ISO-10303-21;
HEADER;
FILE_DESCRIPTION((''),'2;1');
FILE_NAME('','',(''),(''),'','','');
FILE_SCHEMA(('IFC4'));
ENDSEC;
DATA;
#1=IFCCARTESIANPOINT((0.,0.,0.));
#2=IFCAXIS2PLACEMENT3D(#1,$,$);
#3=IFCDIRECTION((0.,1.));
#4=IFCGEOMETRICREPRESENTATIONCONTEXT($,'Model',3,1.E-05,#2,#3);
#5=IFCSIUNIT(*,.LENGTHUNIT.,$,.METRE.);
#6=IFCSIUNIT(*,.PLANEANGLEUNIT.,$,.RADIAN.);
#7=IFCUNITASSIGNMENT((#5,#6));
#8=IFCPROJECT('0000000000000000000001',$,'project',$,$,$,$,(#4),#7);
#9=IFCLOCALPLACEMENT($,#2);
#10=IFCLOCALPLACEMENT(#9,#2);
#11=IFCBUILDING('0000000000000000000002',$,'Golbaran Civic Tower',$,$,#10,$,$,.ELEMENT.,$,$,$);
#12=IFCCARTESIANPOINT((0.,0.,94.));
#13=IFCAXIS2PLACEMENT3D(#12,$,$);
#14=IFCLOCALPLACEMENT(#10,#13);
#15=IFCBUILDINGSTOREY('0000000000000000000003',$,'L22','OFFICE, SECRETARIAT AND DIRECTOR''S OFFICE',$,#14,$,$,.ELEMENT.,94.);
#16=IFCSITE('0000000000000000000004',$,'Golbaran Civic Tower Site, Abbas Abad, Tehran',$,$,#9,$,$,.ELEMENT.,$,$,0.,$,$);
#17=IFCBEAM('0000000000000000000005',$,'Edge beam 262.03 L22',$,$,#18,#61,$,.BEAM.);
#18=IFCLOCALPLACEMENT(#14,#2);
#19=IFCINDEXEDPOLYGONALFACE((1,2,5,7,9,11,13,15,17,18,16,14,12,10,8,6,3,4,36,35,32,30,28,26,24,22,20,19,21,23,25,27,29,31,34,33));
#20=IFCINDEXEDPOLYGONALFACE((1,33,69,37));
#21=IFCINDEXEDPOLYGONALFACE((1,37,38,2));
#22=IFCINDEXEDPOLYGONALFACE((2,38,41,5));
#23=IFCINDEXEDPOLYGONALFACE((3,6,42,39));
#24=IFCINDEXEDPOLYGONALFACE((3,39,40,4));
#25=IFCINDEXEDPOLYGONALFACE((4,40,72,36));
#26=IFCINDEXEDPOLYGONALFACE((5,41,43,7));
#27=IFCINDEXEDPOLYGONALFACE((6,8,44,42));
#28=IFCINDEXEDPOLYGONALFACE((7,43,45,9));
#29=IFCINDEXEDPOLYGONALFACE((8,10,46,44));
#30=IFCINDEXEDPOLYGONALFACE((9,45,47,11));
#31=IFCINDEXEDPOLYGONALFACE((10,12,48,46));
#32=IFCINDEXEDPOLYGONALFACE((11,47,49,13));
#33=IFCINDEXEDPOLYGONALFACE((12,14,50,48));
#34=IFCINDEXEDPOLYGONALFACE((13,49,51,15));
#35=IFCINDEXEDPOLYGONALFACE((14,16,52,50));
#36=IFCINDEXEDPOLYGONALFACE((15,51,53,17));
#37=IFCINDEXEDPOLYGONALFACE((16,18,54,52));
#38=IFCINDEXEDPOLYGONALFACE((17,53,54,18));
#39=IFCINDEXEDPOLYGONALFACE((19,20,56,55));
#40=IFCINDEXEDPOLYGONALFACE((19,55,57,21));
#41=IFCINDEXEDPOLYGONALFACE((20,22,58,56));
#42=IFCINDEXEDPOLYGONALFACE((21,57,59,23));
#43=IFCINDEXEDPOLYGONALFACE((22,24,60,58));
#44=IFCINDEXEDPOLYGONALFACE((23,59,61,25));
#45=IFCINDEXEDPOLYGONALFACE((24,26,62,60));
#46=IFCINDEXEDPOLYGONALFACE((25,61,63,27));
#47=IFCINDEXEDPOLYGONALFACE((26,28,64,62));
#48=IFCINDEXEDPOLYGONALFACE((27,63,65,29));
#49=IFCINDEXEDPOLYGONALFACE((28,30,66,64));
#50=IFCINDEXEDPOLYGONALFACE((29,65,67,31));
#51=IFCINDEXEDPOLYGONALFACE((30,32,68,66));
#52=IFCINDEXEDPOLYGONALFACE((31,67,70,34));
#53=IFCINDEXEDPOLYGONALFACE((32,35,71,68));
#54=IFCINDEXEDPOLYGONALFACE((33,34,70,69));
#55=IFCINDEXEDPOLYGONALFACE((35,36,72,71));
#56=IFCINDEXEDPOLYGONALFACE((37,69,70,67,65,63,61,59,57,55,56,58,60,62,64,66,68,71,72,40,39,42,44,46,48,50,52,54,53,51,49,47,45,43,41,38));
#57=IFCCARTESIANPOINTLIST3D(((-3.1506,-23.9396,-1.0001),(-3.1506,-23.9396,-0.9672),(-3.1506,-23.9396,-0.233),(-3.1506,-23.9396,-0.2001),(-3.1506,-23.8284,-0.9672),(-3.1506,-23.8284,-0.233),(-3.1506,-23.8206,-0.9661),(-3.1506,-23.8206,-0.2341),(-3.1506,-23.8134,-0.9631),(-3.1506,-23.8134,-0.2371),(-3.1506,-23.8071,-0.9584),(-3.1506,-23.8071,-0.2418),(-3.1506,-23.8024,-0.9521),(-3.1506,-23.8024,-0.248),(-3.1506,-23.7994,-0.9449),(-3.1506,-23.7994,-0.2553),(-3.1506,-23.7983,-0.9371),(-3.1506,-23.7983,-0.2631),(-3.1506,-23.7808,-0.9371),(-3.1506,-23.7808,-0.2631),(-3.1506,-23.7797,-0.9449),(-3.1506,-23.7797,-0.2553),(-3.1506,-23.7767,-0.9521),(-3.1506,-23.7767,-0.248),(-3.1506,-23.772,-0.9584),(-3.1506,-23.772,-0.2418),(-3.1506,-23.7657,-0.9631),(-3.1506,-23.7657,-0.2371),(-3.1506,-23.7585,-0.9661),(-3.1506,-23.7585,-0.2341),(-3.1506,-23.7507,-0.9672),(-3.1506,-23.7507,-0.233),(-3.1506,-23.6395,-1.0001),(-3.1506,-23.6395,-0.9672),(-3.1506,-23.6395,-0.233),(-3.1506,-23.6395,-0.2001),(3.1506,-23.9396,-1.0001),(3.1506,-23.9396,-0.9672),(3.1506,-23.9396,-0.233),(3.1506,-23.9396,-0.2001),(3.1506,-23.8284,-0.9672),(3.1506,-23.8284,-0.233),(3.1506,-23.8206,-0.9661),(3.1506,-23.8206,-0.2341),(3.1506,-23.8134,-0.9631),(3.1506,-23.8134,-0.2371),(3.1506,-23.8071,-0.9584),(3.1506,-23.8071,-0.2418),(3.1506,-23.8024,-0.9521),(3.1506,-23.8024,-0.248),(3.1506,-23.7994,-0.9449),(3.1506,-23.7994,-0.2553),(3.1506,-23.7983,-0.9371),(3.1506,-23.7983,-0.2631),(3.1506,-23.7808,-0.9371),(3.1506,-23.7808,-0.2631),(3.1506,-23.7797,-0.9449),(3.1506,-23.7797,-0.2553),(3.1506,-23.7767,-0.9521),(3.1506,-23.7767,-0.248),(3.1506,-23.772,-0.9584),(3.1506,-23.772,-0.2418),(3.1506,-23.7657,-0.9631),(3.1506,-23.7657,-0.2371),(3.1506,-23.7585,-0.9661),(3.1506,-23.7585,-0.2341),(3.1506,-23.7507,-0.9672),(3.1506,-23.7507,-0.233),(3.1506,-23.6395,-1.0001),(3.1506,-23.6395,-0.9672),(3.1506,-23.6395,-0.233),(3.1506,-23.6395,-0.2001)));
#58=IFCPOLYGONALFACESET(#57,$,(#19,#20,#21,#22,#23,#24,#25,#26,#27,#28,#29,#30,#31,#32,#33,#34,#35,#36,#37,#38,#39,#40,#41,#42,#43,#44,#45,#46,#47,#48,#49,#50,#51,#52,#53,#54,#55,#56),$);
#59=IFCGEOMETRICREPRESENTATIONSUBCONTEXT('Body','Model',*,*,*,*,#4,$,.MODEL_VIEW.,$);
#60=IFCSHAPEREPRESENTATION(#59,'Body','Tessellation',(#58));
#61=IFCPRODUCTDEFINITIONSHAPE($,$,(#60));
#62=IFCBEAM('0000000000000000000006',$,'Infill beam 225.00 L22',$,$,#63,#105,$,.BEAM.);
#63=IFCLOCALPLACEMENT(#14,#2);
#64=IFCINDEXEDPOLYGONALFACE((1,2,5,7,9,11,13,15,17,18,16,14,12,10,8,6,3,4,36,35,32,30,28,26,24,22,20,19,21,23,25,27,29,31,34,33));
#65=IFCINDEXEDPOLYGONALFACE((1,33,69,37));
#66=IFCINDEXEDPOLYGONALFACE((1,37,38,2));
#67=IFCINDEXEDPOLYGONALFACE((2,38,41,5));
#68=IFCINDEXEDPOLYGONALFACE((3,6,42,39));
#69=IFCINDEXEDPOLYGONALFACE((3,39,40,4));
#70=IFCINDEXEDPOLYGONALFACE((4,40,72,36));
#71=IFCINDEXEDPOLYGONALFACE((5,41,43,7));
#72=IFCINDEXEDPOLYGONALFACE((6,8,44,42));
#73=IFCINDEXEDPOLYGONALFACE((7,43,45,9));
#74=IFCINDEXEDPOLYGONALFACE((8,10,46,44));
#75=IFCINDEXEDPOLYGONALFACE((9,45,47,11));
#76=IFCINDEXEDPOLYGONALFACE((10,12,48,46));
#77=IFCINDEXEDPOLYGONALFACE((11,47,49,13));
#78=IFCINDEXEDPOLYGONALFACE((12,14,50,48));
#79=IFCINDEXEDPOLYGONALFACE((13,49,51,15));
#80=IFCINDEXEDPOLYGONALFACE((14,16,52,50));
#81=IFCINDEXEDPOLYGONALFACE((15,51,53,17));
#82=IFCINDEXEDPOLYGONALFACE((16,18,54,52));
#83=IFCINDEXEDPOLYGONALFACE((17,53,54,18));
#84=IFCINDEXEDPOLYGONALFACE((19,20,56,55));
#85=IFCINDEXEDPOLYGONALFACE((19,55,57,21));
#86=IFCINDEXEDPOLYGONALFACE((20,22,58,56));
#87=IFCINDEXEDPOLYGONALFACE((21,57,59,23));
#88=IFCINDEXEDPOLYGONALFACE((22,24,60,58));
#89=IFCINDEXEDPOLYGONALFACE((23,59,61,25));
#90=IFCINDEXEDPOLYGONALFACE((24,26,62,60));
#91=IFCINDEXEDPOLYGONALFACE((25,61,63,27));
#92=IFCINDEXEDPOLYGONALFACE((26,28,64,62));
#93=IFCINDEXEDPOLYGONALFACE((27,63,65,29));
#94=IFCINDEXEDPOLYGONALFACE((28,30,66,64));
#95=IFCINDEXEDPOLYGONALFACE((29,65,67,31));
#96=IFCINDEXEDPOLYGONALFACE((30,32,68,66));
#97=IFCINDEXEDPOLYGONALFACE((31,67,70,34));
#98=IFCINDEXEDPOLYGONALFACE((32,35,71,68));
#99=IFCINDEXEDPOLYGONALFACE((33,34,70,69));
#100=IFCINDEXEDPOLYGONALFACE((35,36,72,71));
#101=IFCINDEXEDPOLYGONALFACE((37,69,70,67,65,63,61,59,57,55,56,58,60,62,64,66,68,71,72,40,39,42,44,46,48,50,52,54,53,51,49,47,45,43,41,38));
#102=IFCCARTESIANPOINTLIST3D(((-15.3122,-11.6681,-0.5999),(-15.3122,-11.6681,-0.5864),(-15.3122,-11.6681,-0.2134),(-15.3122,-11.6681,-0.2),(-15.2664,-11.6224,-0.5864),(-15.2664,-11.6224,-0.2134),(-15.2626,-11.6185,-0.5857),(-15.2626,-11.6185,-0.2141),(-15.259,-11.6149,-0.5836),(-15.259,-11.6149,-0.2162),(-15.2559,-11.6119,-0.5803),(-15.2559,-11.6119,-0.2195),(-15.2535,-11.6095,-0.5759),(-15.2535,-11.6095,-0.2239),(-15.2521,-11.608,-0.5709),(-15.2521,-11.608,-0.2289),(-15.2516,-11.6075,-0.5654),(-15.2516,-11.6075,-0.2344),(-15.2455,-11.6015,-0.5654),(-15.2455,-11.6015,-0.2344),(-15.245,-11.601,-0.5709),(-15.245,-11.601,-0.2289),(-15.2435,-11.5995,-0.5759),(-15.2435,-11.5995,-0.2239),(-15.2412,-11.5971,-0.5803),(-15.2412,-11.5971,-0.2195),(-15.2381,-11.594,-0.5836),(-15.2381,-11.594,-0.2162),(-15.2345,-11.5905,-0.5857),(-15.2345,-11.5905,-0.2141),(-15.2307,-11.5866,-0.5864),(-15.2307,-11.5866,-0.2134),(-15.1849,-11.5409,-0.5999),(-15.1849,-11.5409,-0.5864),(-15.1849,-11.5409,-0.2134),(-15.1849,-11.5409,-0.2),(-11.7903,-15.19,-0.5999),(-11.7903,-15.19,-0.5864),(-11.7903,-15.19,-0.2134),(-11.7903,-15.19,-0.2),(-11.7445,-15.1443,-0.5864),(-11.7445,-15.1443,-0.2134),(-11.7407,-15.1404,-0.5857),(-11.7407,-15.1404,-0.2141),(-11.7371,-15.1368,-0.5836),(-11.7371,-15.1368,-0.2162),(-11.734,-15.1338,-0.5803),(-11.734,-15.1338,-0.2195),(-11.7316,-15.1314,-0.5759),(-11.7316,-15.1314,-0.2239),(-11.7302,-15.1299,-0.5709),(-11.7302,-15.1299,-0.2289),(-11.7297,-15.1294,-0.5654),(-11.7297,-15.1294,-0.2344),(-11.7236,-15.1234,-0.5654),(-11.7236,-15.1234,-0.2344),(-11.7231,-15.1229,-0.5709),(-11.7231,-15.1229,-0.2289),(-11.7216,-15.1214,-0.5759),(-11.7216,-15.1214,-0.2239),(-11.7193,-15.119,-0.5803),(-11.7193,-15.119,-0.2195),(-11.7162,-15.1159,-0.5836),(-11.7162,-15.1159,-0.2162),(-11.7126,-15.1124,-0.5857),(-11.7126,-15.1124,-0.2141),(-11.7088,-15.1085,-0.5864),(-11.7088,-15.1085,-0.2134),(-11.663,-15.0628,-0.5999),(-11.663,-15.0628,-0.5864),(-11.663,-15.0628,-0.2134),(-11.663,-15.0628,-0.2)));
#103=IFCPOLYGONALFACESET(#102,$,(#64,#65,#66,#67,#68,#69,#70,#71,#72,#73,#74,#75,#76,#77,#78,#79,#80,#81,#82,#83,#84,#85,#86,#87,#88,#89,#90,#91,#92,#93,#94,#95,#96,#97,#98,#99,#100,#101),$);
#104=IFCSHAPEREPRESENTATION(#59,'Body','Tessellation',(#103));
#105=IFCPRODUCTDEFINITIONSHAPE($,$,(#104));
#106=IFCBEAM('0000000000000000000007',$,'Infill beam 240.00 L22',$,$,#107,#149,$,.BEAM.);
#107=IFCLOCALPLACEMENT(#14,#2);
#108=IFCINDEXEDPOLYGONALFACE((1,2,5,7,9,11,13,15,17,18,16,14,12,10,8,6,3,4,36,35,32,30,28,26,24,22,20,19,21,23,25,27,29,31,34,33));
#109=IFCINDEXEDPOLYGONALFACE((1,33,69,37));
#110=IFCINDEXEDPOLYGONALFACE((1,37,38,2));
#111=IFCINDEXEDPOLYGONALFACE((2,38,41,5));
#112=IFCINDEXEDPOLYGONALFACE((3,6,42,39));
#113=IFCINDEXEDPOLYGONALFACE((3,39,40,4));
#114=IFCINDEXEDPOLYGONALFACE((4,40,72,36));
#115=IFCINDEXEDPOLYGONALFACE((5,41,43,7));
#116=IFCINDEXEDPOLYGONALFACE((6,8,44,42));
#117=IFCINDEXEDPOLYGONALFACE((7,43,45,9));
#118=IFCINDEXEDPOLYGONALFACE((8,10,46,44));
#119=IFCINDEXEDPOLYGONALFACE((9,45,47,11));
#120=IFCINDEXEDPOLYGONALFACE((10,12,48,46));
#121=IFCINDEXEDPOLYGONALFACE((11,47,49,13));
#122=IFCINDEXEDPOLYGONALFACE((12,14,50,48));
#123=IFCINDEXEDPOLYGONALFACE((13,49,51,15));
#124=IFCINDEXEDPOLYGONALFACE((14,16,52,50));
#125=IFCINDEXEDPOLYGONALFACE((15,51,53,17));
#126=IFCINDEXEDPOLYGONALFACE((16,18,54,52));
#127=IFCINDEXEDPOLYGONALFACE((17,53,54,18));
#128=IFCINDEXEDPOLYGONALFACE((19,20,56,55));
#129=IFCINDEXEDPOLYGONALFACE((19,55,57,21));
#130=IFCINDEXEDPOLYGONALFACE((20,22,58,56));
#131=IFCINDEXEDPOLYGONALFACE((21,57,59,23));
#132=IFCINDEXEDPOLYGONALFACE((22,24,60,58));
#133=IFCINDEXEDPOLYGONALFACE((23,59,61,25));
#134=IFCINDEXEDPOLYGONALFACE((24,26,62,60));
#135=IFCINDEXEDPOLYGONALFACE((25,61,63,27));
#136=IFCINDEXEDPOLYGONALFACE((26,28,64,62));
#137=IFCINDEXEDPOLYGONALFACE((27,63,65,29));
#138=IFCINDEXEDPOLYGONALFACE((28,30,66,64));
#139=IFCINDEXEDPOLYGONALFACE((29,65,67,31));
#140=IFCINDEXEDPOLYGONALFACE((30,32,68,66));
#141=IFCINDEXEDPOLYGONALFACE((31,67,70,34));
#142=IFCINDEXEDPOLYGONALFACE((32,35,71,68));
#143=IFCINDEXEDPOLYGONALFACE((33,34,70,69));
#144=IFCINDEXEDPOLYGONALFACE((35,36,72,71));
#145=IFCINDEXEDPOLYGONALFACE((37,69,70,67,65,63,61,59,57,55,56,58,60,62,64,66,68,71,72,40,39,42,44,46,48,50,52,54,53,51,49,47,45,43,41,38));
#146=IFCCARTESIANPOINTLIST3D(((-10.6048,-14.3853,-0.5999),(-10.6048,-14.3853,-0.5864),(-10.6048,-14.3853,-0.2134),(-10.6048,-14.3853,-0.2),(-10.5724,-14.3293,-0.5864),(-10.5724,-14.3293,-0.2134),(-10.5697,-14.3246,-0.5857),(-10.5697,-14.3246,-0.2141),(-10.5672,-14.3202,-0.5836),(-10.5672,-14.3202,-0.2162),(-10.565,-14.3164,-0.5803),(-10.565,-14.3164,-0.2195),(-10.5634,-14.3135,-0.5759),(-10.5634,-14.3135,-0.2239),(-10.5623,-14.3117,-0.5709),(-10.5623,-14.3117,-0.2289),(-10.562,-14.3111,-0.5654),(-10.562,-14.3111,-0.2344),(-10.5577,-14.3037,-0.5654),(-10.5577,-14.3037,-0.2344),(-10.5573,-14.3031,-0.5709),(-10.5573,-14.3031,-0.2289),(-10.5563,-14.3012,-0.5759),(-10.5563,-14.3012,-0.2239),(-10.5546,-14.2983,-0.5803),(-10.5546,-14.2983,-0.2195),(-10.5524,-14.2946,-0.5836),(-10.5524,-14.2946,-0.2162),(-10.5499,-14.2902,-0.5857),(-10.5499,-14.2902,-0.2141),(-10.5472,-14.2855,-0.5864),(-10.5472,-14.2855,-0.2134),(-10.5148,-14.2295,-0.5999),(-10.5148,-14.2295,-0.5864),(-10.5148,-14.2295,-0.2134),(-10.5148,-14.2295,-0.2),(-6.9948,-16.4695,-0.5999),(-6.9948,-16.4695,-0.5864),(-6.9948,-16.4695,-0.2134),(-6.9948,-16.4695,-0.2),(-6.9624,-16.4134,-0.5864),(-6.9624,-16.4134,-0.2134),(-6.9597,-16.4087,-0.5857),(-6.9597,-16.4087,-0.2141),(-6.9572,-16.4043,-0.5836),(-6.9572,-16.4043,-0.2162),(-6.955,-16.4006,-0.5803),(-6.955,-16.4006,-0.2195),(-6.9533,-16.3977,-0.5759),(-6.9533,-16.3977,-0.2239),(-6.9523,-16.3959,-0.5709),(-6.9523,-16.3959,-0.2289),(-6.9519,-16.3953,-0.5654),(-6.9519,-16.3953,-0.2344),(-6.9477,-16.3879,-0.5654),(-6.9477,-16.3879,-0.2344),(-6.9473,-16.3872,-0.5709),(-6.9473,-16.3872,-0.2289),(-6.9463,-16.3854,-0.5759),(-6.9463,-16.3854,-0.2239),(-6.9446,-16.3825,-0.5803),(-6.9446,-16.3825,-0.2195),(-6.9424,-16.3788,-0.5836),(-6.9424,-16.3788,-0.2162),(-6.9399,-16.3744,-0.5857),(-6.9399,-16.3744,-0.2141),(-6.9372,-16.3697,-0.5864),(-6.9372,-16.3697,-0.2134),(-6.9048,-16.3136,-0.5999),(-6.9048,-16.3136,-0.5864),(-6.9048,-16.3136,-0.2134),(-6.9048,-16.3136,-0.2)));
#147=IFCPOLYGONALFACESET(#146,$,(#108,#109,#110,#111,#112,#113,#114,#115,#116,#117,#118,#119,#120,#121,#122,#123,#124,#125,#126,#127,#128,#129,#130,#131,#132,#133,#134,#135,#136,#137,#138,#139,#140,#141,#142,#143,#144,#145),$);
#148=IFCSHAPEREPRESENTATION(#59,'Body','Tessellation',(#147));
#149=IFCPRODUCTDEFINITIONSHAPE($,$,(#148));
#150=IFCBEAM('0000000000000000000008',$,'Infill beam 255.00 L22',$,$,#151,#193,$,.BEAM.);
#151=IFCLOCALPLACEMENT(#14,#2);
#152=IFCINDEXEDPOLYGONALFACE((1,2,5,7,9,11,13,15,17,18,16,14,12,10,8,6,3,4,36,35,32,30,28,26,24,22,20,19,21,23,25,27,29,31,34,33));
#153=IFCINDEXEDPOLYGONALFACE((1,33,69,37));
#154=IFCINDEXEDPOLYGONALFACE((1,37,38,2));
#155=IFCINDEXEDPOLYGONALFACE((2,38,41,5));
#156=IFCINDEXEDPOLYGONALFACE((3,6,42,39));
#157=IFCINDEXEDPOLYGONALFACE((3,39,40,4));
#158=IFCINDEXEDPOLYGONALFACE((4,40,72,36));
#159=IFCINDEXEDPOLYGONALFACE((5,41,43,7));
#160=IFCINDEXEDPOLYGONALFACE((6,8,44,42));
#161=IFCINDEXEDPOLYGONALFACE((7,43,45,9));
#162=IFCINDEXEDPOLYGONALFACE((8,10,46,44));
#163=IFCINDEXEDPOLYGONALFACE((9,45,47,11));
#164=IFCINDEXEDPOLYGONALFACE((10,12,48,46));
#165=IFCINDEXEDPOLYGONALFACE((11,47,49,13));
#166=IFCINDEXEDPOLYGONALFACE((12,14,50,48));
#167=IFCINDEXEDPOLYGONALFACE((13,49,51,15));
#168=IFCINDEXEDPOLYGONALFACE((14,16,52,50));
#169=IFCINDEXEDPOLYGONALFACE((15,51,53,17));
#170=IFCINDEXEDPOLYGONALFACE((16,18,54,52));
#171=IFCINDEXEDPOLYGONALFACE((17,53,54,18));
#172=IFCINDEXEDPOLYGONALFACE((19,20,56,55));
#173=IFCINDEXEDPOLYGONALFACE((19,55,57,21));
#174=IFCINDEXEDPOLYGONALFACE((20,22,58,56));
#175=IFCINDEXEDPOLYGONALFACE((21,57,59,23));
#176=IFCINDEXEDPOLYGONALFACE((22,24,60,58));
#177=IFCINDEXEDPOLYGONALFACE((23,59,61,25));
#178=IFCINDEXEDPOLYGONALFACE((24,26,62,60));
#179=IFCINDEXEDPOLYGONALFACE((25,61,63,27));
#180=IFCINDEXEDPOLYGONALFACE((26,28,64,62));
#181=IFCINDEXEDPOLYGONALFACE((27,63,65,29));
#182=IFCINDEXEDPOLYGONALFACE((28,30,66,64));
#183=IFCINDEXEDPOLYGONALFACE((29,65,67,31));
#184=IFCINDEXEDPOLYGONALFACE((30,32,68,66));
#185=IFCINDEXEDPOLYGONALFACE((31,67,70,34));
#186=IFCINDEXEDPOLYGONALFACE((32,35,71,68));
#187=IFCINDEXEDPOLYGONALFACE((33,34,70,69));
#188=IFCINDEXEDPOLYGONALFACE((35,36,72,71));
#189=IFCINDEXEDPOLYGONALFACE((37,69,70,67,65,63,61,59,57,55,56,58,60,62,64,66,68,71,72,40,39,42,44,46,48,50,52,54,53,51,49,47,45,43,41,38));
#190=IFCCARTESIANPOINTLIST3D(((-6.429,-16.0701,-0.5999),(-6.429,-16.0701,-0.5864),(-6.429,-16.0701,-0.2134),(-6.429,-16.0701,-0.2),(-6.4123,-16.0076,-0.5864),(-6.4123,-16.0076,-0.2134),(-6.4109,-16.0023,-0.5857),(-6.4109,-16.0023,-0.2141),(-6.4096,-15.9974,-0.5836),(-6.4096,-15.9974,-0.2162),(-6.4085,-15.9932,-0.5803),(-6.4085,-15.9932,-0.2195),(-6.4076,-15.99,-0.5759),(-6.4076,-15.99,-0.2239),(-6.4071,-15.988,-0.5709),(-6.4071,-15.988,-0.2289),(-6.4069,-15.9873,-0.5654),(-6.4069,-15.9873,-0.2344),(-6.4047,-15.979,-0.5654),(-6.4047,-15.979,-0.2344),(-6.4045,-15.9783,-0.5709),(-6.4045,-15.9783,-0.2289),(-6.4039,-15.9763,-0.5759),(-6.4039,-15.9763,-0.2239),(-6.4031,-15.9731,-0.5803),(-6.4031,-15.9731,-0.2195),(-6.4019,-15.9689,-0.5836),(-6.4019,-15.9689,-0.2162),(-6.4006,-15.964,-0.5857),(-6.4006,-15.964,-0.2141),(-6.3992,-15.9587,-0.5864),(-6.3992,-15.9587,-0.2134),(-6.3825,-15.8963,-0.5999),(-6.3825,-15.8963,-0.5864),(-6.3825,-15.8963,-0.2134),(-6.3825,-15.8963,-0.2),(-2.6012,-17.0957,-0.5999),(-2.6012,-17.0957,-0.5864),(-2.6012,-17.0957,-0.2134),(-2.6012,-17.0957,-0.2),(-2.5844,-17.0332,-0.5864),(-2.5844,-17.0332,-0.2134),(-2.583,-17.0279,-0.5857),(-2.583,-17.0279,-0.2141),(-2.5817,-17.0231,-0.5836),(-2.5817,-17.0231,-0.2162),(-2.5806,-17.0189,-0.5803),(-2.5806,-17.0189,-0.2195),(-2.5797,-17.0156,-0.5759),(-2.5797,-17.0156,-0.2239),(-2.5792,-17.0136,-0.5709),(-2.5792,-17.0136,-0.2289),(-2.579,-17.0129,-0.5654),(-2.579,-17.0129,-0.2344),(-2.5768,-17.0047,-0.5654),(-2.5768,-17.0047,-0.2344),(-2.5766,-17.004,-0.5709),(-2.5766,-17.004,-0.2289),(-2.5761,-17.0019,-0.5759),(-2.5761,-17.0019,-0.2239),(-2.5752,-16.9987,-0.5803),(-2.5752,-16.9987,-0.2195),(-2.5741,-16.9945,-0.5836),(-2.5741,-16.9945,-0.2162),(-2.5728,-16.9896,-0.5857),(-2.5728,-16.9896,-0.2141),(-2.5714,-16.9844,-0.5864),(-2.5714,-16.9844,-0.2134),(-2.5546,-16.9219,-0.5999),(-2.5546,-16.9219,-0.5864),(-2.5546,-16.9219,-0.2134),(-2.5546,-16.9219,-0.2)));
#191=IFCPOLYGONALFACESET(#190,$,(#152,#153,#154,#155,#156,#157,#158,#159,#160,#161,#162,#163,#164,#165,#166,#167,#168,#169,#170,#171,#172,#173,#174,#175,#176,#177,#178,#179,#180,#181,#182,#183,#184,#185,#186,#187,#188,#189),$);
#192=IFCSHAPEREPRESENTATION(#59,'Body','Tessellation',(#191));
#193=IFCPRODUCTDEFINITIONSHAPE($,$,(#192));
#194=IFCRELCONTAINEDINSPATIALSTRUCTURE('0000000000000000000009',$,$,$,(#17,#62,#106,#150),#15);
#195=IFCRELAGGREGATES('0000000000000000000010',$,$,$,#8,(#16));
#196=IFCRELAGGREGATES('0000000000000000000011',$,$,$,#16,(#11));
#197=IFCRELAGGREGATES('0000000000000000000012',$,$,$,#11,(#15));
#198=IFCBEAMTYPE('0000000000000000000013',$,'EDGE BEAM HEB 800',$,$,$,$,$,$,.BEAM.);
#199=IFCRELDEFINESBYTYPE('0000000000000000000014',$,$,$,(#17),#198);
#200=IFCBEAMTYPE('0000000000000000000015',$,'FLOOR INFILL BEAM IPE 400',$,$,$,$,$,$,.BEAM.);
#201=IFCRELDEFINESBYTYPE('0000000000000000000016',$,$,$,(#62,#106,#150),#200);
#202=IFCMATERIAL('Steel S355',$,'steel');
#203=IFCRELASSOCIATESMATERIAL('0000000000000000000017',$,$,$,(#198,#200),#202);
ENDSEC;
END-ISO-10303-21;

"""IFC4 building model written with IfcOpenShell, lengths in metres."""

from ifc_helpers import new_model, si_unit, direction, frame, origin, origin_2d, place, context, subcontext, project, spatial, i_section, extrude, material, material_profile, profile_set, type_object, element, save


model = new_model("IFC4")

# Units and contexts
model_context = context("Model", 3, precision=1e-05, world=origin(), true_north=direction((0.0, 1.0)))
body_context = subcontext(model_context, "Body", "Model", "MODEL_VIEW")
ifc_project = project(units=[si_unit("LENGTHUNIT", "METRE"), si_unit("PLANEANGLEUNIT", "RADIAN")], contexts=[model_context])

# Site, building, storey
site_placement = place(None, origin())
site = spatial("IfcSite", under=ifc_project, at=site_placement, Name="Golbaran Civic Tower Site, Abbas Abad, Tehran", CompositionType="ELEMENT", RefElevation=0.0)
building_placement = place(site_placement, origin())
building = spatial("IfcBuilding", under=site, at=building_placement, Name="Golbaran Civic Tower", CompositionType="ELEMENT")
storey_placement = place(building_placement, frame((0.0, 0.0, 94.0)))
storey = spatial("IfcBuildingStorey", under=building, at=storey_placement, Name="L22", Description="OFFICE, SECRETARIAT AND DIRECTOR'S OFFICE", CompositionType="ELEMENT", Elevation=94.0)

# Beams
ifc_material_1 = material(Name="Steel S355", Category="steel")
ifc_material_profile_1 = material_profile(ifc_material_1, i_section(OverallWidth=0.3, OverallDepth=0.8, WebThickness=0.0176, FlangeThickness=0.033, FilletRadius=0.03, at=origin_2d()), Name="HEB 800")
ifc_profile_set_1 = profile_set([ifc_material_profile_1], Name="Steel S355")
beam_type_1 = type_object("IfcBeamType", Name="EDGE BEAM HEB 800", PredefinedType="BEAM", material=ifc_profile_set_1)
beam_1_placement = place(storey_placement, frame((-3.1506, -23.7896, -0.6001), z_axis=(1.0, 0.0, 0.0), x_axis=(0.0, 1.0, 0.0)))
element("IfcBeam", 1, at=beam_1_placement, inside=storey, type_object=beam_type_1, Name="Edge beam 262.03 L22", PredefinedType="BEAM", context=body_context, shape_type="SweptSolid", body=[
    extrude(i_section(OverallWidth=0.3, OverallDepth=0.8, WebThickness=0.0176, FlangeThickness=0.033, FilletRadius=0.03, at=origin_2d()), origin(), (0.0, 0.0, 1.0), 6.3013),
])
ifc_material_profile_2 = material_profile(ifc_material_1, i_section(OverallWidth=0.1799, OverallDepth=0.3999, WebThickness=0.0085, FlangeThickness=0.0134, FilletRadius=0.021, at=origin_2d()), Name="IPE 400")
ifc_profile_set_2 = profile_set([ifc_material_profile_2], Name="Steel S355")
beam_type_2 = type_object("IfcBeamType", Name="FLOOR INFILL BEAM IPE 400", PredefinedType="BEAM", material=ifc_profile_set_2)
beam_2_placement = place(storey_placement, frame((-15.2485, -11.6045, -0.3999), z_axis=(0.707107, -0.707107, 0.0), x_axis=(0.707107, 0.707107, 0.0)))
element("IfcBeam", 2, at=beam_2_placement, inside=storey, type_object=beam_type_2, Name="Infill beam 225.00 L22", PredefinedType="BEAM", context=body_context, shape_type="SweptSolid", body=[
    extrude(i_section(OverallWidth=0.1799, OverallDepth=0.3999, WebThickness=0.0085, FlangeThickness=0.0134, FilletRadius=0.021, at=origin_2d()), origin(), (0.0, 0.0, 1.0), 4.9807),
])
beam_3_placement = place(storey_placement, frame((-10.5598, -14.3074, -0.3999), z_axis=(0.866032, -0.499988, 0.0), x_axis=(0.499988, 0.866032, 0.0)))
element("IfcBeam", 3, at=beam_3_placement, inside=storey, type_object=beam_type_2, Name="Infill beam 240.00 L22", PredefinedType="BEAM", context=body_context, shape_type="SweptSolid", body=[
    extrude(i_section(OverallWidth=0.1799, OverallDepth=0.3999, WebThickness=0.0085, FlangeThickness=0.0134, FilletRadius=0.021, at=origin_2d()), origin(), (0.0, 0.0, 1.0), 4.1685),
])
beam_4_placement = place(storey_placement, frame((-6.4058, -15.9832, -0.3999), z_axis=(0.965929, -0.258809, 0.0), x_axis=(0.258809, 0.965929, 0.0)))
element("IfcBeam", 4, at=beam_4_placement, inside=storey, type_object=beam_type_2, Name="Infill beam 255.00 L22", PredefinedType="BEAM", context=body_context, shape_type="SweptSolid", body=[
    extrude(i_section(OverallWidth=0.1799, OverallDepth=0.3999, WebThickness=0.0085, FlangeThickness=0.0134, FilletRadius=0.021, at=origin_2d()), origin(), (0.0, 0.0, 1.0), 3.9629),
])

save(model, "model.ifc")
